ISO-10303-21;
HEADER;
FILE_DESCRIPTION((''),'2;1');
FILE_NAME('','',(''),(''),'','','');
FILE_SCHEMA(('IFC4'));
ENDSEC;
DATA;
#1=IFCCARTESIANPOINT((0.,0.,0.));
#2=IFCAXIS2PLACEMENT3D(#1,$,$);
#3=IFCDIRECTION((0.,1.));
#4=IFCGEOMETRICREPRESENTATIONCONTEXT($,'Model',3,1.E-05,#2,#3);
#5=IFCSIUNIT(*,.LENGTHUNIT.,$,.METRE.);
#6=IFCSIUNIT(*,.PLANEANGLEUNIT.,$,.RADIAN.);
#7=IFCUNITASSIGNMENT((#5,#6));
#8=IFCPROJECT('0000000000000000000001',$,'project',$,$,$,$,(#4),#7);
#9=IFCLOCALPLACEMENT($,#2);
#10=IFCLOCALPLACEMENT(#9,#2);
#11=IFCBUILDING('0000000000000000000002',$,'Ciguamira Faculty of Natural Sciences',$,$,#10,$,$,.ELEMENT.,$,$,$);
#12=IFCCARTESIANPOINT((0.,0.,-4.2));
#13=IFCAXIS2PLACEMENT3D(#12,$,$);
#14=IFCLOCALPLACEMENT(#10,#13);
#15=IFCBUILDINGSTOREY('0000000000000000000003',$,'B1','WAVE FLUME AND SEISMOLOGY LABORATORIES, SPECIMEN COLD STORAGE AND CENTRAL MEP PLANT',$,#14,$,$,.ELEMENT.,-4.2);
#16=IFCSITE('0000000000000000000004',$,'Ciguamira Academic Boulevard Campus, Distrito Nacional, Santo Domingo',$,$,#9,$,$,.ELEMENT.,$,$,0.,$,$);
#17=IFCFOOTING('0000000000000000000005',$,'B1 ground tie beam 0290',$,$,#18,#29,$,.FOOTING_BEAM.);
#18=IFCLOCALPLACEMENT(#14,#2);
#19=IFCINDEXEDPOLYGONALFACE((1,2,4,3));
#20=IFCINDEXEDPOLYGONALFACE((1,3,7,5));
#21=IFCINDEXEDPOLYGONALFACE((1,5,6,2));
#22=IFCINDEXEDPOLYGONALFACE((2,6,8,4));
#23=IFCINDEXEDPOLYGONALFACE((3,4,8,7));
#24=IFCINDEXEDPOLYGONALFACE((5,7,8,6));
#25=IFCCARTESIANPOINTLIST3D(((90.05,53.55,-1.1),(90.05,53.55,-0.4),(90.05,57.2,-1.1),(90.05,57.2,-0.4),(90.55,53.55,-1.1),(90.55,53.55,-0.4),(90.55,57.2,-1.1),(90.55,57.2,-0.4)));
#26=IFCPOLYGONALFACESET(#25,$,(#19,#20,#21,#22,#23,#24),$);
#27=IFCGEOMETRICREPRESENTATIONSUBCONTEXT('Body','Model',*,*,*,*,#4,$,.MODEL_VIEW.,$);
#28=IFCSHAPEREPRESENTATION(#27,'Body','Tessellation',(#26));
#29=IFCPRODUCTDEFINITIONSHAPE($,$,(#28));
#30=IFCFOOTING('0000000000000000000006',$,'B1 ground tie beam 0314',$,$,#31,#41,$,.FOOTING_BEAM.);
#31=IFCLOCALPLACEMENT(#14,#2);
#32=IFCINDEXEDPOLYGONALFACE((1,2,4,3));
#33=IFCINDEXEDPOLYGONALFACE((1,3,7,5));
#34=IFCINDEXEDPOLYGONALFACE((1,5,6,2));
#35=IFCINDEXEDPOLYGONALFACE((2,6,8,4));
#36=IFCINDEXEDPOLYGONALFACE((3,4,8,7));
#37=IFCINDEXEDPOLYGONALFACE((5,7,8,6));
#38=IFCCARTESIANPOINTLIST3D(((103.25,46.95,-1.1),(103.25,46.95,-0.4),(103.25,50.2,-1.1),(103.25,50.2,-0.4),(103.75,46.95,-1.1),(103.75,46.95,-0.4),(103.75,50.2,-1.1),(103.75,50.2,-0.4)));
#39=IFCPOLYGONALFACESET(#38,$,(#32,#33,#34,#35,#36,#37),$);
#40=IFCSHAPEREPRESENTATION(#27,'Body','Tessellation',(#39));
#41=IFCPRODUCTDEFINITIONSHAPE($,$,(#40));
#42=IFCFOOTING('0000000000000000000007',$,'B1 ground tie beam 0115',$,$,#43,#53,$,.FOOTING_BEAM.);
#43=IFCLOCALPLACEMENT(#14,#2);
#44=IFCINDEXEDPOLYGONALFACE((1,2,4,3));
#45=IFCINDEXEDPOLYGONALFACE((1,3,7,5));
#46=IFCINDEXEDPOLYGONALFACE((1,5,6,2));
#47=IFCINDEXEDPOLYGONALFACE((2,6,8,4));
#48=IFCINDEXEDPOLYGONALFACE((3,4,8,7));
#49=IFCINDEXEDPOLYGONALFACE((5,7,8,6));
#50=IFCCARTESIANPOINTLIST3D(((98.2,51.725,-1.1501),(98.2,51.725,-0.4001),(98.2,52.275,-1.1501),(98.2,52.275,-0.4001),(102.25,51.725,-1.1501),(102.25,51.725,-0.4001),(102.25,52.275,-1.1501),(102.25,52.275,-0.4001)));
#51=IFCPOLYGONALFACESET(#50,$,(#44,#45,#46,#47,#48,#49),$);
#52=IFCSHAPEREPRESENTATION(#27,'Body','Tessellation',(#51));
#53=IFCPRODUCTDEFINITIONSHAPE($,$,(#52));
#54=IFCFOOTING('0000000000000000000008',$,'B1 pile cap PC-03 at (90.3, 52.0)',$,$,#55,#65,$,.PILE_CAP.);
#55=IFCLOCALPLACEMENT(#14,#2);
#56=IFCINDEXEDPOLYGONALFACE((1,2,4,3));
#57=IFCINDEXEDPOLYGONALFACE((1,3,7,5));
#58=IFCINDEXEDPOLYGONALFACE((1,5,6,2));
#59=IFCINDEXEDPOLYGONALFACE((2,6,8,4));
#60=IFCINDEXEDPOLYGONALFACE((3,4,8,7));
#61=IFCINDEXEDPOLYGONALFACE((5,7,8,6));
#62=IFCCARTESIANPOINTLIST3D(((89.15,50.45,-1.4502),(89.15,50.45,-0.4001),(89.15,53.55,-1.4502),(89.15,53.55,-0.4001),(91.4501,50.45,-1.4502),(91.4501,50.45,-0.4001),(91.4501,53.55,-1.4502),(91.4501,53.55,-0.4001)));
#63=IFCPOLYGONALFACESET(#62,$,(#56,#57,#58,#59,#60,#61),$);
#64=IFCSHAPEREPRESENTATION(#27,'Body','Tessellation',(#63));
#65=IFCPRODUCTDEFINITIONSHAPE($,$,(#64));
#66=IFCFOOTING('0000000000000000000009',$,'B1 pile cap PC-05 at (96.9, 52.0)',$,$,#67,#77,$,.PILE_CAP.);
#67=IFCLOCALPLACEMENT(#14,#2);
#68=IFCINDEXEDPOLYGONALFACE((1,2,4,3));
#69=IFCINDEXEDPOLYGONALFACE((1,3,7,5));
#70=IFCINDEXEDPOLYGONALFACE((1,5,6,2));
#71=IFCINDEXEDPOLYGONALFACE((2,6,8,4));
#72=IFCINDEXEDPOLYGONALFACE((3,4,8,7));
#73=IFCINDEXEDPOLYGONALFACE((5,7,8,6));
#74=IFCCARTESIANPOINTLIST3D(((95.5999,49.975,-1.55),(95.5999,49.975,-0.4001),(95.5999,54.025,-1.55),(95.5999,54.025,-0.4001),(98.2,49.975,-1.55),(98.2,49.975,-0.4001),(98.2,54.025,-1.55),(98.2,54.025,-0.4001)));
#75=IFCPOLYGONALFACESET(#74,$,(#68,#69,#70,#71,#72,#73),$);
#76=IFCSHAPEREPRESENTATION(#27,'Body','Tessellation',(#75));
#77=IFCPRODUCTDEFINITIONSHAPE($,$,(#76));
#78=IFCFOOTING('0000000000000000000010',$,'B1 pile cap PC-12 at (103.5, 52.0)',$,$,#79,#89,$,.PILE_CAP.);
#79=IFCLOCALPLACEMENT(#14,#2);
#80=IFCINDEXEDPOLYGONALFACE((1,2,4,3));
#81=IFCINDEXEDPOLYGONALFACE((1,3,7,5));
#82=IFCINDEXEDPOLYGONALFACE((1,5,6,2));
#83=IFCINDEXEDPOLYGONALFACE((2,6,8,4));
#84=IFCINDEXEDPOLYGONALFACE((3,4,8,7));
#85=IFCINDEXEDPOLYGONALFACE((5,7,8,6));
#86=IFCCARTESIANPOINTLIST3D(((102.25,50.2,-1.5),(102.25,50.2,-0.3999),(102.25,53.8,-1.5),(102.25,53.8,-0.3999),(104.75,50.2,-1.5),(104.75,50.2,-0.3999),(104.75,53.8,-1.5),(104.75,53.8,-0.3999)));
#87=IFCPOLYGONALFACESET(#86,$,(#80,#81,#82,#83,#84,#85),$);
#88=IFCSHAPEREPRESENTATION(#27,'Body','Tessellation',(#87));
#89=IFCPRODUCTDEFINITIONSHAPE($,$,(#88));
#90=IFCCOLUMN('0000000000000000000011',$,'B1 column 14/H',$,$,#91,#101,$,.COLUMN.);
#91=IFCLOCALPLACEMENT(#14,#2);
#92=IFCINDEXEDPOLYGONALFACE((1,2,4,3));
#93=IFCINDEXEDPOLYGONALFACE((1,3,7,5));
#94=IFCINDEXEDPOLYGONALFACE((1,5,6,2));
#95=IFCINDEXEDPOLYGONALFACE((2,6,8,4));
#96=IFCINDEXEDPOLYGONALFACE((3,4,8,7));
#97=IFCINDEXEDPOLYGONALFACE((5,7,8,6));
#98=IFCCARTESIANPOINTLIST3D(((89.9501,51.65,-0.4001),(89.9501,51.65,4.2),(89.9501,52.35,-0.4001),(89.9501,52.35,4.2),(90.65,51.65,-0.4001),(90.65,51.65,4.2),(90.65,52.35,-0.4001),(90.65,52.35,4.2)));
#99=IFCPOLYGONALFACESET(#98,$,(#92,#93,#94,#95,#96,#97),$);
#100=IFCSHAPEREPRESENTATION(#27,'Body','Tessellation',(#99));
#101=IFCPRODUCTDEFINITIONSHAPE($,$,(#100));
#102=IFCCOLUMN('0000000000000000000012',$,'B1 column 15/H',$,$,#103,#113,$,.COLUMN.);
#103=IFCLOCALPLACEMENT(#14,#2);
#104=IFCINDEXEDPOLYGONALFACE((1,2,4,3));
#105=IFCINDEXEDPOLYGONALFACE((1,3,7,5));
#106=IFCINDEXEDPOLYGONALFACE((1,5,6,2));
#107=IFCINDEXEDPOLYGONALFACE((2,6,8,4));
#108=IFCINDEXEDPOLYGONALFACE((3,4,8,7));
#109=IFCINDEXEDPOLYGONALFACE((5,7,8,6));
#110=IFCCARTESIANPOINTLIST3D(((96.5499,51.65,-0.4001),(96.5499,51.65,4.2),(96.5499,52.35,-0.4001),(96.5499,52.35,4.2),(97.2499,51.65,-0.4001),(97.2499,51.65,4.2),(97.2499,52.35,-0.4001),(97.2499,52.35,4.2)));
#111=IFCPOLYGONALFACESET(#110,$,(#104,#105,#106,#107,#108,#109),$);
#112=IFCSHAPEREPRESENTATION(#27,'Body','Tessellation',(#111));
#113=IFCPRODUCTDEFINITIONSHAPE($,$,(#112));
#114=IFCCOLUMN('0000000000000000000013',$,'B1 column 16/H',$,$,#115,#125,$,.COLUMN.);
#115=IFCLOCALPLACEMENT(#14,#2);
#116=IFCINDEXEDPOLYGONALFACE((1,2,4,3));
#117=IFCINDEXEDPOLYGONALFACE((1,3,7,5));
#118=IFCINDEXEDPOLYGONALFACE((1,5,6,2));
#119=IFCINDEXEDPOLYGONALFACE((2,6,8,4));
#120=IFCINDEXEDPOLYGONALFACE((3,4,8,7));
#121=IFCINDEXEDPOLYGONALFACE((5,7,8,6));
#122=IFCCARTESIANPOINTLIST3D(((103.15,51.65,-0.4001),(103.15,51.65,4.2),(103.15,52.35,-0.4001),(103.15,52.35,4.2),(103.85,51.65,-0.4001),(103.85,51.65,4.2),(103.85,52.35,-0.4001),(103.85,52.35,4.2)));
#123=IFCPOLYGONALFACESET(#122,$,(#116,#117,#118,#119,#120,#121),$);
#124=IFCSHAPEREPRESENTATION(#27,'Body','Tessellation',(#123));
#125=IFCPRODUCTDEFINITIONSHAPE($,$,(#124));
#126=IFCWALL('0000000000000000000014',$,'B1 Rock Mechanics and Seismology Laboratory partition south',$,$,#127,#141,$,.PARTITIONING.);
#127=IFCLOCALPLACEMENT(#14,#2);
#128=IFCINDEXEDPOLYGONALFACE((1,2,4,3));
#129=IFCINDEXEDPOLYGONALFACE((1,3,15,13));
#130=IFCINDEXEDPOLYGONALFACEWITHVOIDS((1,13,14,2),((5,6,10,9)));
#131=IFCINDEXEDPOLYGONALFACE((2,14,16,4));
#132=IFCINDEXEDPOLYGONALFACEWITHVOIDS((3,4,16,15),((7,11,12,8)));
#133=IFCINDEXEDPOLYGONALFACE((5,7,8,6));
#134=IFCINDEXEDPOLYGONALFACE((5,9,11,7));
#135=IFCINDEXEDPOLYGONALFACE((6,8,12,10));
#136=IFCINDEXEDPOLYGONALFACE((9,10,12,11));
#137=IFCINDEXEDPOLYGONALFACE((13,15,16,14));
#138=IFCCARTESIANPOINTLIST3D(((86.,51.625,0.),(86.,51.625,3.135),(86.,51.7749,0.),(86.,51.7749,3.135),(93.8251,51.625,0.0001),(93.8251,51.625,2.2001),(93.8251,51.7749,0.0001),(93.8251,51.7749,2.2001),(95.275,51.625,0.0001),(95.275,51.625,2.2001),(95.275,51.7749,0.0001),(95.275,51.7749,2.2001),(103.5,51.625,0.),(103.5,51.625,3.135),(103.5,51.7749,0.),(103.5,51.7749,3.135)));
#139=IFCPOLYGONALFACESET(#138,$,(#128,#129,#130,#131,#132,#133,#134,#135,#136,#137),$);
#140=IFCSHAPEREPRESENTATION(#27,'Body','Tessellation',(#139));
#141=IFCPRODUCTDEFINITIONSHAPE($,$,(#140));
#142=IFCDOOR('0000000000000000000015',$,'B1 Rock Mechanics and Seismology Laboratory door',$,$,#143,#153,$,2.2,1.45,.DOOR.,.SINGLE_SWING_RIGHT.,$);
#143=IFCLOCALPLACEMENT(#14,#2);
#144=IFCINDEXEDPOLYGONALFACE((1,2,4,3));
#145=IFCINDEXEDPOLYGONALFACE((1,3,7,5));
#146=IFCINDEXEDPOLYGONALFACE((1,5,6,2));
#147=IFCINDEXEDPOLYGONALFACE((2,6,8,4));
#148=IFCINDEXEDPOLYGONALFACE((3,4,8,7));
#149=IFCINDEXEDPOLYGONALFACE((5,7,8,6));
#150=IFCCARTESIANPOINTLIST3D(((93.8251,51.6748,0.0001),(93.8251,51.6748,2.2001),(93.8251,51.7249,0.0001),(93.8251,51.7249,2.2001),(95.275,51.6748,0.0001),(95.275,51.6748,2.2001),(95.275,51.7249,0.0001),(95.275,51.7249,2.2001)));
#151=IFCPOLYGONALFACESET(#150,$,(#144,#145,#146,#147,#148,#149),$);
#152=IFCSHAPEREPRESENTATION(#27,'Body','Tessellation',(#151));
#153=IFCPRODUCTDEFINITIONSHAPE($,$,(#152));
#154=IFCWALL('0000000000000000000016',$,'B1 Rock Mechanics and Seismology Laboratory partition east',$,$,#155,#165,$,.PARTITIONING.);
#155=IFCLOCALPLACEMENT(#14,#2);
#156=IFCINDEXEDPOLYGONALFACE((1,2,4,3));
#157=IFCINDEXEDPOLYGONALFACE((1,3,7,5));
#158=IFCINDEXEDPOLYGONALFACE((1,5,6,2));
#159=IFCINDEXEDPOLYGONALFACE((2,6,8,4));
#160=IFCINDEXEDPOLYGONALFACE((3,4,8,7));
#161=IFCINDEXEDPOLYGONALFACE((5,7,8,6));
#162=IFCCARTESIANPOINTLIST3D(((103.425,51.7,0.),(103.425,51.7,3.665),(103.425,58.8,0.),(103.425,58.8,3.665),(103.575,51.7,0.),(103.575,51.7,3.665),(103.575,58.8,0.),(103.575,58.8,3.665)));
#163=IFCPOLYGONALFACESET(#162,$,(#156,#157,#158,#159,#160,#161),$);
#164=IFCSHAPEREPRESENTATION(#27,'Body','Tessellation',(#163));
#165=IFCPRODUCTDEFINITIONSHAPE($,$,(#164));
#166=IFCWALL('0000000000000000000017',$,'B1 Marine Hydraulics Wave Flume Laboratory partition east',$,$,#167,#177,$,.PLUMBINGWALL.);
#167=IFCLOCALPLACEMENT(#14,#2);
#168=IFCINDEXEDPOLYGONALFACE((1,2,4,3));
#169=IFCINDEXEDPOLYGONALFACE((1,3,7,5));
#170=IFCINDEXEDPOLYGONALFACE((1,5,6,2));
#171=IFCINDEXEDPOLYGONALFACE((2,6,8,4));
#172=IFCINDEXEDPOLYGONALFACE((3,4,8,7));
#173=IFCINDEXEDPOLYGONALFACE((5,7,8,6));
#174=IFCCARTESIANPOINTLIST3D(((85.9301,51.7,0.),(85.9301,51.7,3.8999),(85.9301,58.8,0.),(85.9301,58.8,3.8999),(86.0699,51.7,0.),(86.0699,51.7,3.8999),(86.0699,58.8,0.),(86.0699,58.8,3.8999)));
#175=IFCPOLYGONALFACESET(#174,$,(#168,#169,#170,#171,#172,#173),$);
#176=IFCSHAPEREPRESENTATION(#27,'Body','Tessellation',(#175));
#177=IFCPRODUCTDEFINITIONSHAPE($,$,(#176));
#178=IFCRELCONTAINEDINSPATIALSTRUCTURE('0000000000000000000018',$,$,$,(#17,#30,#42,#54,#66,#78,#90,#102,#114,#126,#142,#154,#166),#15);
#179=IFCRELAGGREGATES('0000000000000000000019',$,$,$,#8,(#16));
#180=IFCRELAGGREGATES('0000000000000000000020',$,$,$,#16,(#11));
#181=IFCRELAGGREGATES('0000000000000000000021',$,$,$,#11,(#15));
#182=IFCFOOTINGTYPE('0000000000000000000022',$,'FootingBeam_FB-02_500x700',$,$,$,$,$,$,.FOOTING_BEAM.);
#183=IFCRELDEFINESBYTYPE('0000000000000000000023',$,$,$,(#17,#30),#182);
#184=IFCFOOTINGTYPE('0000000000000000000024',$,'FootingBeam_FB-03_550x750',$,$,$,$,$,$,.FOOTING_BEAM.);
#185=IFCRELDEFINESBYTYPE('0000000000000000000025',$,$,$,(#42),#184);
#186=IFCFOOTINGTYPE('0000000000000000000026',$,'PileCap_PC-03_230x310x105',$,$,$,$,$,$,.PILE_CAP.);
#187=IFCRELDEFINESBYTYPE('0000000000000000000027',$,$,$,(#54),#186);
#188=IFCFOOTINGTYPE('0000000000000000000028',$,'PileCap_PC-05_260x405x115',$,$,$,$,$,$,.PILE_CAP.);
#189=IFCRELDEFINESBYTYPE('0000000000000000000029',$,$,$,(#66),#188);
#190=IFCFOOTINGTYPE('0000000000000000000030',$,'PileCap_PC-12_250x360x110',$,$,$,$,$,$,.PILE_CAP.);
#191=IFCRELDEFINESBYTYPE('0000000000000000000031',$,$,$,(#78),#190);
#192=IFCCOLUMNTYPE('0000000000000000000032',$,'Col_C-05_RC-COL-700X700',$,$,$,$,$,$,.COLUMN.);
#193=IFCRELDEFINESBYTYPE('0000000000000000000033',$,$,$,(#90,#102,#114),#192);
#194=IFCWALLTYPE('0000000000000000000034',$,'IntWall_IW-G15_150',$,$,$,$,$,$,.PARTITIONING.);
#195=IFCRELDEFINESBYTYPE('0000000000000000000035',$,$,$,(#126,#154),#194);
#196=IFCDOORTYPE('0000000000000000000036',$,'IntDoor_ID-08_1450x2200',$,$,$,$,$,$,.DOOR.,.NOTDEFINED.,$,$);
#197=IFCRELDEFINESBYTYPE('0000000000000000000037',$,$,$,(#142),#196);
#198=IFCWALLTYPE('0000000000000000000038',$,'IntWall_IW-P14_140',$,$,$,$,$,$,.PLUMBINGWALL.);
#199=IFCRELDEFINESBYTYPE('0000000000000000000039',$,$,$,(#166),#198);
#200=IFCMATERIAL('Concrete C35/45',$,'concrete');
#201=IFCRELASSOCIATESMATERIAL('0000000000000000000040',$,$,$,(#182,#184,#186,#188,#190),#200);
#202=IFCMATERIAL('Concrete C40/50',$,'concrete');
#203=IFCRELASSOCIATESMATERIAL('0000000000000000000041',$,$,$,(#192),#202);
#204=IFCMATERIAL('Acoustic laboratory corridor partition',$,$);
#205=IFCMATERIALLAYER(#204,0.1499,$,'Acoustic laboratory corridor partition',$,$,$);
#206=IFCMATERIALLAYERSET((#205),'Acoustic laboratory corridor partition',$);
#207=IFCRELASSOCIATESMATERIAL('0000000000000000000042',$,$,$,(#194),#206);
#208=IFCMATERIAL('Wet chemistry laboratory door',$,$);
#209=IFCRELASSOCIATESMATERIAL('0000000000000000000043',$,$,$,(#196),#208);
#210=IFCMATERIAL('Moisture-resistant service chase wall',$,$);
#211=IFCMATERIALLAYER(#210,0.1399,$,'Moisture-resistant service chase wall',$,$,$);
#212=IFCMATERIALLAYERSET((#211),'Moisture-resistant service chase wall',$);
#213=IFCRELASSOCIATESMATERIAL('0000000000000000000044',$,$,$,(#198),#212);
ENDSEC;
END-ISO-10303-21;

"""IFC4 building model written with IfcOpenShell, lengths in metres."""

from ifc_helpers import new_model, si_unit, direction, frame, frame_2d, origin, origin_2d, place, context, subcontext, project, spatial, rectangle, extrude, material, layer, layer_set, material_profile, profile_set, type_object, element, fill, save


model = new_model("IFC4")

# Units and contexts
model_context = context("Model", 3, precision=1e-05, world=origin(), true_north=direction((0.0, 1.0)))
body_context = subcontext(model_context, "Body", "Model", "MODEL_VIEW")
ifc_project = project(units=[si_unit("LENGTHUNIT", "METRE"), si_unit("PLANEANGLEUNIT", "RADIAN")], contexts=[model_context])

# Site, building, storey
site_placement = place(None, origin())
site = spatial("IfcSite", under=ifc_project, at=site_placement, Name="Ciguamira Academic Boulevard Campus, Distrito Nacional, Santo Domingo", CompositionType="ELEMENT", RefElevation=0.0)
building_placement = place(site_placement, origin())
building = spatial("IfcBuilding", under=site, at=building_placement, Name="Ciguamira Faculty of Natural Sciences", CompositionType="ELEMENT")
storey_placement = place(building_placement, frame((0.0, 0.0, -4.2)))
storey = spatial("IfcBuildingStorey", under=building, at=storey_placement, Name="B1", Description="WAVE FLUME AND SEISMOLOGY LABORATORIES, SPECIMEN COLD STORAGE AND CENTRAL MEP PLANT", CompositionType="ELEMENT", Elevation=-4.2)

# Shared definitions
ifc_material_1 = material(Name="Concrete C35/45", Category="concrete")

# Footings
ifc_material_profile_1 = material_profile(ifc_material_1, rectangle(XDim=0.5, YDim=0.7, at=origin_2d()), Name="RC-FB-500X700")
ifc_profile_set_1 = profile_set([ifc_material_profile_1], Name="Concrete C35/45")
footing_type_1 = type_object("IfcFootingType", Name="FootingBeam_FB-02_500x700", PredefinedType="FOOTING_BEAM", material=ifc_profile_set_1)
footing_1_placement = place(storey_placement, frame((90.3, 53.55, -0.75), z_axis=(0.0, 1.0, 0.0), x_axis=(-1.0, 0.0, 0.0)))
element("IfcFooting", 1, at=footing_1_placement, inside=storey, type_object=footing_type_1, Name="B1 ground tie beam 0290", PredefinedType="FOOTING_BEAM", context=body_context, shape_type="SweptSolid", body=[
    extrude(rectangle(XDim=0.5, YDim=0.7, at=origin_2d()), origin(), (0.0, 0.0, 1.0), 3.6499),
])
footing_2_placement = place(storey_placement, frame((103.5, 46.95, -0.75), z_axis=(0.0, 1.0, 0.0), x_axis=(-1.0, 0.0, 0.0)))
element("IfcFooting", 2, at=footing_2_placement, inside=storey, type_object=footing_type_1, Name="B1 ground tie beam 0314", PredefinedType="FOOTING_BEAM", context=body_context, shape_type="SweptSolid", body=[
    extrude(rectangle(XDim=0.5, YDim=0.7, at=origin_2d()), origin(), (0.0, 0.0, 1.0), 3.25),
])
ifc_material_profile_2 = material_profile(ifc_material_1, rectangle(XDim=0.55, YDim=0.75, at=origin_2d()), Name="RC-FB-550X750")
ifc_profile_set_2 = profile_set([ifc_material_profile_2], Name="Concrete C35/45")
footing_type_2 = type_object("IfcFootingType", Name="FootingBeam_FB-03_550x750", PredefinedType="FOOTING_BEAM", material=ifc_profile_set_2)
footing_3_placement = place(storey_placement, frame((98.2, 52.0, -0.7751), z_axis=(1.0, 0.0, 0.0), x_axis=(0.0, 1.0, 0.0)))
element("IfcFooting", 3, at=footing_3_placement, inside=storey, type_object=footing_type_2, Name="B1 ground tie beam 0115", PredefinedType="FOOTING_BEAM", context=body_context, shape_type="SweptSolid", body=[
    extrude(rectangle(XDim=0.55, YDim=0.75, at=origin_2d()), origin(), (0.0, 0.0, 1.0), 4.05),
])
footing_type_3 = type_object("IfcFootingType", Name="PileCap_PC-03_230x310x105", PredefinedType="PILE_CAP", material=ifc_material_1)
footing_4_placement = place(storey_placement, frame((90.3, 52.0, -1.4502), z_axis=(0.0, 0.0, 1.0), x_axis=(1.0, 0.0, 0.0)))
element("IfcFooting", 4, at=footing_4_placement, inside=storey, type_object=footing_type_3, Name="B1 pile cap PC-03 at (90.3, 52.0)", PredefinedType="PILE_CAP", context=body_context, shape_type="SweptSolid", body=[
    extrude(rectangle(XDim=2.3, YDim=3.1001, at=origin_2d()), origin(), (0.0, 0.0, 1.0), 1.05),
])
footing_type_4 = type_object("IfcFootingType", Name="PileCap_PC-05_260x405x115", PredefinedType="PILE_CAP", material=ifc_material_1)
footing_5_placement = place(storey_placement, frame((96.8999, 52.0, -1.55), z_axis=(0.0, 0.0, 1.0), x_axis=(1.0, 0.0, 0.0)))
element("IfcFooting", 5, at=footing_5_placement, inside=storey, type_object=footing_type_4, Name="B1 pile cap PC-05 at (96.9, 52.0)", PredefinedType="PILE_CAP", context=body_context, shape_type="SweptSolid", body=[
    extrude(rectangle(XDim=2.6001, YDim=4.05, at=origin_2d()), origin(), (0.0, 0.0, 1.0), 1.1499),
])
footing_type_5 = type_object("IfcFootingType", Name="PileCap_PC-12_250x360x110", PredefinedType="PILE_CAP", material=ifc_material_1)
footing_6_placement = place(storey_placement, frame((103.5, 52.0, -1.5), z_axis=(0.0, 0.0, 1.0), x_axis=(1.0, 0.0, 0.0)))
element("IfcFooting", 6, at=footing_6_placement, inside=storey, type_object=footing_type_5, Name="B1 pile cap PC-12 at (103.5, 52.0)", PredefinedType="PILE_CAP", context=body_context, shape_type="SweptSolid", body=[
    extrude(rectangle(XDim=2.5, YDim=3.6001, at=origin_2d()), origin(), (0.0, 0.0, 1.0), 1.1001),
])

# Columns
ifc_material_2 = material(Name="Concrete C40/50", Category="concrete")
ifc_material_profile_3 = material_profile(ifc_material_2, rectangle(XDim=0.7, YDim=0.7, at=origin_2d()), Name="RC-COL-700X700")
ifc_profile_set_3 = profile_set([ifc_material_profile_3], Name="Concrete C40/50")
column_type = type_object("IfcColumnType", Name="Col_C-05_RC-COL-700X700", PredefinedType="COLUMN", material=ifc_profile_set_3)
for number, where, z_axis, x_axis, name in (
    (7, (90.3, 52.0, -0.4001), (0.0, 0.0, 1.0), (1.0, 0.0, 0.0), "B1 column 14/H"),
    (8, (96.8999, 52.0, -0.4001), (0.0, 0.0, 1.0), (1.0, 0.0, 0.0), "B1 column 15/H"),
    (9, (103.5, 52.0, -0.4001), (0.0, 0.0, 1.0), (1.0, 0.0, 0.0), "B1 column 16/H"),
):
    element("IfcColumn", number, at=place(storey_placement, frame(where, z_axis=z_axis, x_axis=x_axis)), inside=storey, type_object=column_type, Name=name, PredefinedType="COLUMN", context=body_context, shape_type="SweptSolid", body=[
        extrude(rectangle(XDim=0.7, YDim=0.7, at=origin_2d()), origin(), (0.0, 0.0, 1.0), 4.6001),
    ])

# Wall, opening, door
ifc_material_3 = material(Name="Acoustic laboratory corridor partition")
ifc_layer_1 = layer(ifc_material_3, 0.1499, Name="Acoustic laboratory corridor partition")
ifc_layer_set_1 = layer_set([ifc_layer_1], Name="Acoustic laboratory corridor partition")
wall_type_1 = type_object("IfcWallType", Name="IntWall_IW-G15_150", PredefinedType="PARTITIONING", material=ifc_layer_set_1)
wall_1_placement = place(storey_placement, frame((86.0, 51.7, 0.0), z_axis=(0.0, 0.0, 1.0), x_axis=(1.0, 0.0, 0.0)))
wall_1 = element("IfcWall", 10, at=wall_1_placement, inside=storey, type_object=wall_type_1, Name="B1 Rock Mechanics and Seismology Laboratory partition south", PredefinedType="PARTITIONING", context=body_context, shape_type="SweptSolid", body=[
    extrude(rectangle(XDim=17.5, YDim=0.1499, at=frame_2d((8.75, 0.0))), origin(), (0.0, 0.0, 1.0), 3.135),
])
opening_placement = place(wall_1_placement, frame((7.825, 0.0, 0.0)))
opening = element("IfcOpeningElement", 11, at=opening_placement, cuts=wall_1, PredefinedType="OPENING", context=body_context, shape_type="SweptSolid", body=[
    extrude(rectangle(XDim=1.45, YDim=2.2, at=frame_2d((0.7251, 1.1001))), frame((0.0, 0.085, 0.0), z_axis=(0.0, -1.0, 0.0), x_axis=(1.0, 0.0, 0.0)), (0.0, 0.0, 1.0), 0.1699),
])
ifc_material_4 = material(Name="Wet chemistry laboratory door")
door_type = type_object("IfcDoorType", Name="IntDoor_ID-08_1450x2200", OperationType="NOTDEFINED", PredefinedType="DOOR", material=ifc_material_4)
door_placement = place(opening_placement, origin())
door = element("IfcDoor", 12, at=door_placement, inside=storey, type_object=door_type, Name="B1 Rock Mechanics and Seismology Laboratory door", OperationType="SINGLE_SWING_RIGHT", OverallHeight=2.2, OverallWidth=1.45, PredefinedType="DOOR", context=body_context, shape_type="SweptSolid", body=[
    extrude(rectangle(XDim=1.45, YDim=2.2, at=frame_2d((0.7251, 1.1001))), frame((0.0, 0.0249, 0.0), z_axis=(0.0, -1.0, 0.0), x_axis=(1.0, 0.0, 0.0)), (0.0, 0.0, 1.0), 0.05),
])
fill(opening, door)

# Walls
wall_2_placement = place(storey_placement, frame((103.5, 51.7, 0.0), z_axis=(0.0, 0.0, 1.0), x_axis=(0.0, 1.0, 0.0)))
element("IfcWall", 13, at=wall_2_placement, inside=storey, type_object=wall_type_1, Name="B1 Rock Mechanics and Seismology Laboratory partition east", PredefinedType="PARTITIONING", context=body_context, shape_type="SweptSolid", body=[
    extrude(rectangle(XDim=7.1001, YDim=0.1499, at=frame_2d((3.55, 0.0))), origin(), (0.0, 0.0, 1.0), 3.665),
])
ifc_material_5 = material(Name="Moisture-resistant service chase wall")
ifc_layer_2 = layer(ifc_material_5, 0.1399, Name="Moisture-resistant service chase wall")
ifc_layer_set_2 = layer_set([ifc_layer_2], Name="Moisture-resistant service chase wall")
wall_type_2 = type_object("IfcWallType", Name="IntWall_IW-P14_140", PredefinedType="PLUMBINGWALL", material=ifc_layer_set_2)
wall_3_placement = place(storey_placement, frame((86.0, 51.7, 0.0), z_axis=(0.0, 0.0, 1.0), x_axis=(0.0, 1.0, 0.0)))
element("IfcWall", 14, at=wall_3_placement, inside=storey, type_object=wall_type_2, Name="B1 Marine Hydraulics Wave Flume Laboratory partition east", PredefinedType="PLUMBINGWALL", context=body_context, shape_type="SweptSolid", body=[
    extrude(rectangle(XDim=7.1001, YDim=0.1399, at=frame_2d((3.55, 0.0))), origin(), (0.0, 0.0, 1.0), 3.8999),
])

save(model, "model.ifc")
